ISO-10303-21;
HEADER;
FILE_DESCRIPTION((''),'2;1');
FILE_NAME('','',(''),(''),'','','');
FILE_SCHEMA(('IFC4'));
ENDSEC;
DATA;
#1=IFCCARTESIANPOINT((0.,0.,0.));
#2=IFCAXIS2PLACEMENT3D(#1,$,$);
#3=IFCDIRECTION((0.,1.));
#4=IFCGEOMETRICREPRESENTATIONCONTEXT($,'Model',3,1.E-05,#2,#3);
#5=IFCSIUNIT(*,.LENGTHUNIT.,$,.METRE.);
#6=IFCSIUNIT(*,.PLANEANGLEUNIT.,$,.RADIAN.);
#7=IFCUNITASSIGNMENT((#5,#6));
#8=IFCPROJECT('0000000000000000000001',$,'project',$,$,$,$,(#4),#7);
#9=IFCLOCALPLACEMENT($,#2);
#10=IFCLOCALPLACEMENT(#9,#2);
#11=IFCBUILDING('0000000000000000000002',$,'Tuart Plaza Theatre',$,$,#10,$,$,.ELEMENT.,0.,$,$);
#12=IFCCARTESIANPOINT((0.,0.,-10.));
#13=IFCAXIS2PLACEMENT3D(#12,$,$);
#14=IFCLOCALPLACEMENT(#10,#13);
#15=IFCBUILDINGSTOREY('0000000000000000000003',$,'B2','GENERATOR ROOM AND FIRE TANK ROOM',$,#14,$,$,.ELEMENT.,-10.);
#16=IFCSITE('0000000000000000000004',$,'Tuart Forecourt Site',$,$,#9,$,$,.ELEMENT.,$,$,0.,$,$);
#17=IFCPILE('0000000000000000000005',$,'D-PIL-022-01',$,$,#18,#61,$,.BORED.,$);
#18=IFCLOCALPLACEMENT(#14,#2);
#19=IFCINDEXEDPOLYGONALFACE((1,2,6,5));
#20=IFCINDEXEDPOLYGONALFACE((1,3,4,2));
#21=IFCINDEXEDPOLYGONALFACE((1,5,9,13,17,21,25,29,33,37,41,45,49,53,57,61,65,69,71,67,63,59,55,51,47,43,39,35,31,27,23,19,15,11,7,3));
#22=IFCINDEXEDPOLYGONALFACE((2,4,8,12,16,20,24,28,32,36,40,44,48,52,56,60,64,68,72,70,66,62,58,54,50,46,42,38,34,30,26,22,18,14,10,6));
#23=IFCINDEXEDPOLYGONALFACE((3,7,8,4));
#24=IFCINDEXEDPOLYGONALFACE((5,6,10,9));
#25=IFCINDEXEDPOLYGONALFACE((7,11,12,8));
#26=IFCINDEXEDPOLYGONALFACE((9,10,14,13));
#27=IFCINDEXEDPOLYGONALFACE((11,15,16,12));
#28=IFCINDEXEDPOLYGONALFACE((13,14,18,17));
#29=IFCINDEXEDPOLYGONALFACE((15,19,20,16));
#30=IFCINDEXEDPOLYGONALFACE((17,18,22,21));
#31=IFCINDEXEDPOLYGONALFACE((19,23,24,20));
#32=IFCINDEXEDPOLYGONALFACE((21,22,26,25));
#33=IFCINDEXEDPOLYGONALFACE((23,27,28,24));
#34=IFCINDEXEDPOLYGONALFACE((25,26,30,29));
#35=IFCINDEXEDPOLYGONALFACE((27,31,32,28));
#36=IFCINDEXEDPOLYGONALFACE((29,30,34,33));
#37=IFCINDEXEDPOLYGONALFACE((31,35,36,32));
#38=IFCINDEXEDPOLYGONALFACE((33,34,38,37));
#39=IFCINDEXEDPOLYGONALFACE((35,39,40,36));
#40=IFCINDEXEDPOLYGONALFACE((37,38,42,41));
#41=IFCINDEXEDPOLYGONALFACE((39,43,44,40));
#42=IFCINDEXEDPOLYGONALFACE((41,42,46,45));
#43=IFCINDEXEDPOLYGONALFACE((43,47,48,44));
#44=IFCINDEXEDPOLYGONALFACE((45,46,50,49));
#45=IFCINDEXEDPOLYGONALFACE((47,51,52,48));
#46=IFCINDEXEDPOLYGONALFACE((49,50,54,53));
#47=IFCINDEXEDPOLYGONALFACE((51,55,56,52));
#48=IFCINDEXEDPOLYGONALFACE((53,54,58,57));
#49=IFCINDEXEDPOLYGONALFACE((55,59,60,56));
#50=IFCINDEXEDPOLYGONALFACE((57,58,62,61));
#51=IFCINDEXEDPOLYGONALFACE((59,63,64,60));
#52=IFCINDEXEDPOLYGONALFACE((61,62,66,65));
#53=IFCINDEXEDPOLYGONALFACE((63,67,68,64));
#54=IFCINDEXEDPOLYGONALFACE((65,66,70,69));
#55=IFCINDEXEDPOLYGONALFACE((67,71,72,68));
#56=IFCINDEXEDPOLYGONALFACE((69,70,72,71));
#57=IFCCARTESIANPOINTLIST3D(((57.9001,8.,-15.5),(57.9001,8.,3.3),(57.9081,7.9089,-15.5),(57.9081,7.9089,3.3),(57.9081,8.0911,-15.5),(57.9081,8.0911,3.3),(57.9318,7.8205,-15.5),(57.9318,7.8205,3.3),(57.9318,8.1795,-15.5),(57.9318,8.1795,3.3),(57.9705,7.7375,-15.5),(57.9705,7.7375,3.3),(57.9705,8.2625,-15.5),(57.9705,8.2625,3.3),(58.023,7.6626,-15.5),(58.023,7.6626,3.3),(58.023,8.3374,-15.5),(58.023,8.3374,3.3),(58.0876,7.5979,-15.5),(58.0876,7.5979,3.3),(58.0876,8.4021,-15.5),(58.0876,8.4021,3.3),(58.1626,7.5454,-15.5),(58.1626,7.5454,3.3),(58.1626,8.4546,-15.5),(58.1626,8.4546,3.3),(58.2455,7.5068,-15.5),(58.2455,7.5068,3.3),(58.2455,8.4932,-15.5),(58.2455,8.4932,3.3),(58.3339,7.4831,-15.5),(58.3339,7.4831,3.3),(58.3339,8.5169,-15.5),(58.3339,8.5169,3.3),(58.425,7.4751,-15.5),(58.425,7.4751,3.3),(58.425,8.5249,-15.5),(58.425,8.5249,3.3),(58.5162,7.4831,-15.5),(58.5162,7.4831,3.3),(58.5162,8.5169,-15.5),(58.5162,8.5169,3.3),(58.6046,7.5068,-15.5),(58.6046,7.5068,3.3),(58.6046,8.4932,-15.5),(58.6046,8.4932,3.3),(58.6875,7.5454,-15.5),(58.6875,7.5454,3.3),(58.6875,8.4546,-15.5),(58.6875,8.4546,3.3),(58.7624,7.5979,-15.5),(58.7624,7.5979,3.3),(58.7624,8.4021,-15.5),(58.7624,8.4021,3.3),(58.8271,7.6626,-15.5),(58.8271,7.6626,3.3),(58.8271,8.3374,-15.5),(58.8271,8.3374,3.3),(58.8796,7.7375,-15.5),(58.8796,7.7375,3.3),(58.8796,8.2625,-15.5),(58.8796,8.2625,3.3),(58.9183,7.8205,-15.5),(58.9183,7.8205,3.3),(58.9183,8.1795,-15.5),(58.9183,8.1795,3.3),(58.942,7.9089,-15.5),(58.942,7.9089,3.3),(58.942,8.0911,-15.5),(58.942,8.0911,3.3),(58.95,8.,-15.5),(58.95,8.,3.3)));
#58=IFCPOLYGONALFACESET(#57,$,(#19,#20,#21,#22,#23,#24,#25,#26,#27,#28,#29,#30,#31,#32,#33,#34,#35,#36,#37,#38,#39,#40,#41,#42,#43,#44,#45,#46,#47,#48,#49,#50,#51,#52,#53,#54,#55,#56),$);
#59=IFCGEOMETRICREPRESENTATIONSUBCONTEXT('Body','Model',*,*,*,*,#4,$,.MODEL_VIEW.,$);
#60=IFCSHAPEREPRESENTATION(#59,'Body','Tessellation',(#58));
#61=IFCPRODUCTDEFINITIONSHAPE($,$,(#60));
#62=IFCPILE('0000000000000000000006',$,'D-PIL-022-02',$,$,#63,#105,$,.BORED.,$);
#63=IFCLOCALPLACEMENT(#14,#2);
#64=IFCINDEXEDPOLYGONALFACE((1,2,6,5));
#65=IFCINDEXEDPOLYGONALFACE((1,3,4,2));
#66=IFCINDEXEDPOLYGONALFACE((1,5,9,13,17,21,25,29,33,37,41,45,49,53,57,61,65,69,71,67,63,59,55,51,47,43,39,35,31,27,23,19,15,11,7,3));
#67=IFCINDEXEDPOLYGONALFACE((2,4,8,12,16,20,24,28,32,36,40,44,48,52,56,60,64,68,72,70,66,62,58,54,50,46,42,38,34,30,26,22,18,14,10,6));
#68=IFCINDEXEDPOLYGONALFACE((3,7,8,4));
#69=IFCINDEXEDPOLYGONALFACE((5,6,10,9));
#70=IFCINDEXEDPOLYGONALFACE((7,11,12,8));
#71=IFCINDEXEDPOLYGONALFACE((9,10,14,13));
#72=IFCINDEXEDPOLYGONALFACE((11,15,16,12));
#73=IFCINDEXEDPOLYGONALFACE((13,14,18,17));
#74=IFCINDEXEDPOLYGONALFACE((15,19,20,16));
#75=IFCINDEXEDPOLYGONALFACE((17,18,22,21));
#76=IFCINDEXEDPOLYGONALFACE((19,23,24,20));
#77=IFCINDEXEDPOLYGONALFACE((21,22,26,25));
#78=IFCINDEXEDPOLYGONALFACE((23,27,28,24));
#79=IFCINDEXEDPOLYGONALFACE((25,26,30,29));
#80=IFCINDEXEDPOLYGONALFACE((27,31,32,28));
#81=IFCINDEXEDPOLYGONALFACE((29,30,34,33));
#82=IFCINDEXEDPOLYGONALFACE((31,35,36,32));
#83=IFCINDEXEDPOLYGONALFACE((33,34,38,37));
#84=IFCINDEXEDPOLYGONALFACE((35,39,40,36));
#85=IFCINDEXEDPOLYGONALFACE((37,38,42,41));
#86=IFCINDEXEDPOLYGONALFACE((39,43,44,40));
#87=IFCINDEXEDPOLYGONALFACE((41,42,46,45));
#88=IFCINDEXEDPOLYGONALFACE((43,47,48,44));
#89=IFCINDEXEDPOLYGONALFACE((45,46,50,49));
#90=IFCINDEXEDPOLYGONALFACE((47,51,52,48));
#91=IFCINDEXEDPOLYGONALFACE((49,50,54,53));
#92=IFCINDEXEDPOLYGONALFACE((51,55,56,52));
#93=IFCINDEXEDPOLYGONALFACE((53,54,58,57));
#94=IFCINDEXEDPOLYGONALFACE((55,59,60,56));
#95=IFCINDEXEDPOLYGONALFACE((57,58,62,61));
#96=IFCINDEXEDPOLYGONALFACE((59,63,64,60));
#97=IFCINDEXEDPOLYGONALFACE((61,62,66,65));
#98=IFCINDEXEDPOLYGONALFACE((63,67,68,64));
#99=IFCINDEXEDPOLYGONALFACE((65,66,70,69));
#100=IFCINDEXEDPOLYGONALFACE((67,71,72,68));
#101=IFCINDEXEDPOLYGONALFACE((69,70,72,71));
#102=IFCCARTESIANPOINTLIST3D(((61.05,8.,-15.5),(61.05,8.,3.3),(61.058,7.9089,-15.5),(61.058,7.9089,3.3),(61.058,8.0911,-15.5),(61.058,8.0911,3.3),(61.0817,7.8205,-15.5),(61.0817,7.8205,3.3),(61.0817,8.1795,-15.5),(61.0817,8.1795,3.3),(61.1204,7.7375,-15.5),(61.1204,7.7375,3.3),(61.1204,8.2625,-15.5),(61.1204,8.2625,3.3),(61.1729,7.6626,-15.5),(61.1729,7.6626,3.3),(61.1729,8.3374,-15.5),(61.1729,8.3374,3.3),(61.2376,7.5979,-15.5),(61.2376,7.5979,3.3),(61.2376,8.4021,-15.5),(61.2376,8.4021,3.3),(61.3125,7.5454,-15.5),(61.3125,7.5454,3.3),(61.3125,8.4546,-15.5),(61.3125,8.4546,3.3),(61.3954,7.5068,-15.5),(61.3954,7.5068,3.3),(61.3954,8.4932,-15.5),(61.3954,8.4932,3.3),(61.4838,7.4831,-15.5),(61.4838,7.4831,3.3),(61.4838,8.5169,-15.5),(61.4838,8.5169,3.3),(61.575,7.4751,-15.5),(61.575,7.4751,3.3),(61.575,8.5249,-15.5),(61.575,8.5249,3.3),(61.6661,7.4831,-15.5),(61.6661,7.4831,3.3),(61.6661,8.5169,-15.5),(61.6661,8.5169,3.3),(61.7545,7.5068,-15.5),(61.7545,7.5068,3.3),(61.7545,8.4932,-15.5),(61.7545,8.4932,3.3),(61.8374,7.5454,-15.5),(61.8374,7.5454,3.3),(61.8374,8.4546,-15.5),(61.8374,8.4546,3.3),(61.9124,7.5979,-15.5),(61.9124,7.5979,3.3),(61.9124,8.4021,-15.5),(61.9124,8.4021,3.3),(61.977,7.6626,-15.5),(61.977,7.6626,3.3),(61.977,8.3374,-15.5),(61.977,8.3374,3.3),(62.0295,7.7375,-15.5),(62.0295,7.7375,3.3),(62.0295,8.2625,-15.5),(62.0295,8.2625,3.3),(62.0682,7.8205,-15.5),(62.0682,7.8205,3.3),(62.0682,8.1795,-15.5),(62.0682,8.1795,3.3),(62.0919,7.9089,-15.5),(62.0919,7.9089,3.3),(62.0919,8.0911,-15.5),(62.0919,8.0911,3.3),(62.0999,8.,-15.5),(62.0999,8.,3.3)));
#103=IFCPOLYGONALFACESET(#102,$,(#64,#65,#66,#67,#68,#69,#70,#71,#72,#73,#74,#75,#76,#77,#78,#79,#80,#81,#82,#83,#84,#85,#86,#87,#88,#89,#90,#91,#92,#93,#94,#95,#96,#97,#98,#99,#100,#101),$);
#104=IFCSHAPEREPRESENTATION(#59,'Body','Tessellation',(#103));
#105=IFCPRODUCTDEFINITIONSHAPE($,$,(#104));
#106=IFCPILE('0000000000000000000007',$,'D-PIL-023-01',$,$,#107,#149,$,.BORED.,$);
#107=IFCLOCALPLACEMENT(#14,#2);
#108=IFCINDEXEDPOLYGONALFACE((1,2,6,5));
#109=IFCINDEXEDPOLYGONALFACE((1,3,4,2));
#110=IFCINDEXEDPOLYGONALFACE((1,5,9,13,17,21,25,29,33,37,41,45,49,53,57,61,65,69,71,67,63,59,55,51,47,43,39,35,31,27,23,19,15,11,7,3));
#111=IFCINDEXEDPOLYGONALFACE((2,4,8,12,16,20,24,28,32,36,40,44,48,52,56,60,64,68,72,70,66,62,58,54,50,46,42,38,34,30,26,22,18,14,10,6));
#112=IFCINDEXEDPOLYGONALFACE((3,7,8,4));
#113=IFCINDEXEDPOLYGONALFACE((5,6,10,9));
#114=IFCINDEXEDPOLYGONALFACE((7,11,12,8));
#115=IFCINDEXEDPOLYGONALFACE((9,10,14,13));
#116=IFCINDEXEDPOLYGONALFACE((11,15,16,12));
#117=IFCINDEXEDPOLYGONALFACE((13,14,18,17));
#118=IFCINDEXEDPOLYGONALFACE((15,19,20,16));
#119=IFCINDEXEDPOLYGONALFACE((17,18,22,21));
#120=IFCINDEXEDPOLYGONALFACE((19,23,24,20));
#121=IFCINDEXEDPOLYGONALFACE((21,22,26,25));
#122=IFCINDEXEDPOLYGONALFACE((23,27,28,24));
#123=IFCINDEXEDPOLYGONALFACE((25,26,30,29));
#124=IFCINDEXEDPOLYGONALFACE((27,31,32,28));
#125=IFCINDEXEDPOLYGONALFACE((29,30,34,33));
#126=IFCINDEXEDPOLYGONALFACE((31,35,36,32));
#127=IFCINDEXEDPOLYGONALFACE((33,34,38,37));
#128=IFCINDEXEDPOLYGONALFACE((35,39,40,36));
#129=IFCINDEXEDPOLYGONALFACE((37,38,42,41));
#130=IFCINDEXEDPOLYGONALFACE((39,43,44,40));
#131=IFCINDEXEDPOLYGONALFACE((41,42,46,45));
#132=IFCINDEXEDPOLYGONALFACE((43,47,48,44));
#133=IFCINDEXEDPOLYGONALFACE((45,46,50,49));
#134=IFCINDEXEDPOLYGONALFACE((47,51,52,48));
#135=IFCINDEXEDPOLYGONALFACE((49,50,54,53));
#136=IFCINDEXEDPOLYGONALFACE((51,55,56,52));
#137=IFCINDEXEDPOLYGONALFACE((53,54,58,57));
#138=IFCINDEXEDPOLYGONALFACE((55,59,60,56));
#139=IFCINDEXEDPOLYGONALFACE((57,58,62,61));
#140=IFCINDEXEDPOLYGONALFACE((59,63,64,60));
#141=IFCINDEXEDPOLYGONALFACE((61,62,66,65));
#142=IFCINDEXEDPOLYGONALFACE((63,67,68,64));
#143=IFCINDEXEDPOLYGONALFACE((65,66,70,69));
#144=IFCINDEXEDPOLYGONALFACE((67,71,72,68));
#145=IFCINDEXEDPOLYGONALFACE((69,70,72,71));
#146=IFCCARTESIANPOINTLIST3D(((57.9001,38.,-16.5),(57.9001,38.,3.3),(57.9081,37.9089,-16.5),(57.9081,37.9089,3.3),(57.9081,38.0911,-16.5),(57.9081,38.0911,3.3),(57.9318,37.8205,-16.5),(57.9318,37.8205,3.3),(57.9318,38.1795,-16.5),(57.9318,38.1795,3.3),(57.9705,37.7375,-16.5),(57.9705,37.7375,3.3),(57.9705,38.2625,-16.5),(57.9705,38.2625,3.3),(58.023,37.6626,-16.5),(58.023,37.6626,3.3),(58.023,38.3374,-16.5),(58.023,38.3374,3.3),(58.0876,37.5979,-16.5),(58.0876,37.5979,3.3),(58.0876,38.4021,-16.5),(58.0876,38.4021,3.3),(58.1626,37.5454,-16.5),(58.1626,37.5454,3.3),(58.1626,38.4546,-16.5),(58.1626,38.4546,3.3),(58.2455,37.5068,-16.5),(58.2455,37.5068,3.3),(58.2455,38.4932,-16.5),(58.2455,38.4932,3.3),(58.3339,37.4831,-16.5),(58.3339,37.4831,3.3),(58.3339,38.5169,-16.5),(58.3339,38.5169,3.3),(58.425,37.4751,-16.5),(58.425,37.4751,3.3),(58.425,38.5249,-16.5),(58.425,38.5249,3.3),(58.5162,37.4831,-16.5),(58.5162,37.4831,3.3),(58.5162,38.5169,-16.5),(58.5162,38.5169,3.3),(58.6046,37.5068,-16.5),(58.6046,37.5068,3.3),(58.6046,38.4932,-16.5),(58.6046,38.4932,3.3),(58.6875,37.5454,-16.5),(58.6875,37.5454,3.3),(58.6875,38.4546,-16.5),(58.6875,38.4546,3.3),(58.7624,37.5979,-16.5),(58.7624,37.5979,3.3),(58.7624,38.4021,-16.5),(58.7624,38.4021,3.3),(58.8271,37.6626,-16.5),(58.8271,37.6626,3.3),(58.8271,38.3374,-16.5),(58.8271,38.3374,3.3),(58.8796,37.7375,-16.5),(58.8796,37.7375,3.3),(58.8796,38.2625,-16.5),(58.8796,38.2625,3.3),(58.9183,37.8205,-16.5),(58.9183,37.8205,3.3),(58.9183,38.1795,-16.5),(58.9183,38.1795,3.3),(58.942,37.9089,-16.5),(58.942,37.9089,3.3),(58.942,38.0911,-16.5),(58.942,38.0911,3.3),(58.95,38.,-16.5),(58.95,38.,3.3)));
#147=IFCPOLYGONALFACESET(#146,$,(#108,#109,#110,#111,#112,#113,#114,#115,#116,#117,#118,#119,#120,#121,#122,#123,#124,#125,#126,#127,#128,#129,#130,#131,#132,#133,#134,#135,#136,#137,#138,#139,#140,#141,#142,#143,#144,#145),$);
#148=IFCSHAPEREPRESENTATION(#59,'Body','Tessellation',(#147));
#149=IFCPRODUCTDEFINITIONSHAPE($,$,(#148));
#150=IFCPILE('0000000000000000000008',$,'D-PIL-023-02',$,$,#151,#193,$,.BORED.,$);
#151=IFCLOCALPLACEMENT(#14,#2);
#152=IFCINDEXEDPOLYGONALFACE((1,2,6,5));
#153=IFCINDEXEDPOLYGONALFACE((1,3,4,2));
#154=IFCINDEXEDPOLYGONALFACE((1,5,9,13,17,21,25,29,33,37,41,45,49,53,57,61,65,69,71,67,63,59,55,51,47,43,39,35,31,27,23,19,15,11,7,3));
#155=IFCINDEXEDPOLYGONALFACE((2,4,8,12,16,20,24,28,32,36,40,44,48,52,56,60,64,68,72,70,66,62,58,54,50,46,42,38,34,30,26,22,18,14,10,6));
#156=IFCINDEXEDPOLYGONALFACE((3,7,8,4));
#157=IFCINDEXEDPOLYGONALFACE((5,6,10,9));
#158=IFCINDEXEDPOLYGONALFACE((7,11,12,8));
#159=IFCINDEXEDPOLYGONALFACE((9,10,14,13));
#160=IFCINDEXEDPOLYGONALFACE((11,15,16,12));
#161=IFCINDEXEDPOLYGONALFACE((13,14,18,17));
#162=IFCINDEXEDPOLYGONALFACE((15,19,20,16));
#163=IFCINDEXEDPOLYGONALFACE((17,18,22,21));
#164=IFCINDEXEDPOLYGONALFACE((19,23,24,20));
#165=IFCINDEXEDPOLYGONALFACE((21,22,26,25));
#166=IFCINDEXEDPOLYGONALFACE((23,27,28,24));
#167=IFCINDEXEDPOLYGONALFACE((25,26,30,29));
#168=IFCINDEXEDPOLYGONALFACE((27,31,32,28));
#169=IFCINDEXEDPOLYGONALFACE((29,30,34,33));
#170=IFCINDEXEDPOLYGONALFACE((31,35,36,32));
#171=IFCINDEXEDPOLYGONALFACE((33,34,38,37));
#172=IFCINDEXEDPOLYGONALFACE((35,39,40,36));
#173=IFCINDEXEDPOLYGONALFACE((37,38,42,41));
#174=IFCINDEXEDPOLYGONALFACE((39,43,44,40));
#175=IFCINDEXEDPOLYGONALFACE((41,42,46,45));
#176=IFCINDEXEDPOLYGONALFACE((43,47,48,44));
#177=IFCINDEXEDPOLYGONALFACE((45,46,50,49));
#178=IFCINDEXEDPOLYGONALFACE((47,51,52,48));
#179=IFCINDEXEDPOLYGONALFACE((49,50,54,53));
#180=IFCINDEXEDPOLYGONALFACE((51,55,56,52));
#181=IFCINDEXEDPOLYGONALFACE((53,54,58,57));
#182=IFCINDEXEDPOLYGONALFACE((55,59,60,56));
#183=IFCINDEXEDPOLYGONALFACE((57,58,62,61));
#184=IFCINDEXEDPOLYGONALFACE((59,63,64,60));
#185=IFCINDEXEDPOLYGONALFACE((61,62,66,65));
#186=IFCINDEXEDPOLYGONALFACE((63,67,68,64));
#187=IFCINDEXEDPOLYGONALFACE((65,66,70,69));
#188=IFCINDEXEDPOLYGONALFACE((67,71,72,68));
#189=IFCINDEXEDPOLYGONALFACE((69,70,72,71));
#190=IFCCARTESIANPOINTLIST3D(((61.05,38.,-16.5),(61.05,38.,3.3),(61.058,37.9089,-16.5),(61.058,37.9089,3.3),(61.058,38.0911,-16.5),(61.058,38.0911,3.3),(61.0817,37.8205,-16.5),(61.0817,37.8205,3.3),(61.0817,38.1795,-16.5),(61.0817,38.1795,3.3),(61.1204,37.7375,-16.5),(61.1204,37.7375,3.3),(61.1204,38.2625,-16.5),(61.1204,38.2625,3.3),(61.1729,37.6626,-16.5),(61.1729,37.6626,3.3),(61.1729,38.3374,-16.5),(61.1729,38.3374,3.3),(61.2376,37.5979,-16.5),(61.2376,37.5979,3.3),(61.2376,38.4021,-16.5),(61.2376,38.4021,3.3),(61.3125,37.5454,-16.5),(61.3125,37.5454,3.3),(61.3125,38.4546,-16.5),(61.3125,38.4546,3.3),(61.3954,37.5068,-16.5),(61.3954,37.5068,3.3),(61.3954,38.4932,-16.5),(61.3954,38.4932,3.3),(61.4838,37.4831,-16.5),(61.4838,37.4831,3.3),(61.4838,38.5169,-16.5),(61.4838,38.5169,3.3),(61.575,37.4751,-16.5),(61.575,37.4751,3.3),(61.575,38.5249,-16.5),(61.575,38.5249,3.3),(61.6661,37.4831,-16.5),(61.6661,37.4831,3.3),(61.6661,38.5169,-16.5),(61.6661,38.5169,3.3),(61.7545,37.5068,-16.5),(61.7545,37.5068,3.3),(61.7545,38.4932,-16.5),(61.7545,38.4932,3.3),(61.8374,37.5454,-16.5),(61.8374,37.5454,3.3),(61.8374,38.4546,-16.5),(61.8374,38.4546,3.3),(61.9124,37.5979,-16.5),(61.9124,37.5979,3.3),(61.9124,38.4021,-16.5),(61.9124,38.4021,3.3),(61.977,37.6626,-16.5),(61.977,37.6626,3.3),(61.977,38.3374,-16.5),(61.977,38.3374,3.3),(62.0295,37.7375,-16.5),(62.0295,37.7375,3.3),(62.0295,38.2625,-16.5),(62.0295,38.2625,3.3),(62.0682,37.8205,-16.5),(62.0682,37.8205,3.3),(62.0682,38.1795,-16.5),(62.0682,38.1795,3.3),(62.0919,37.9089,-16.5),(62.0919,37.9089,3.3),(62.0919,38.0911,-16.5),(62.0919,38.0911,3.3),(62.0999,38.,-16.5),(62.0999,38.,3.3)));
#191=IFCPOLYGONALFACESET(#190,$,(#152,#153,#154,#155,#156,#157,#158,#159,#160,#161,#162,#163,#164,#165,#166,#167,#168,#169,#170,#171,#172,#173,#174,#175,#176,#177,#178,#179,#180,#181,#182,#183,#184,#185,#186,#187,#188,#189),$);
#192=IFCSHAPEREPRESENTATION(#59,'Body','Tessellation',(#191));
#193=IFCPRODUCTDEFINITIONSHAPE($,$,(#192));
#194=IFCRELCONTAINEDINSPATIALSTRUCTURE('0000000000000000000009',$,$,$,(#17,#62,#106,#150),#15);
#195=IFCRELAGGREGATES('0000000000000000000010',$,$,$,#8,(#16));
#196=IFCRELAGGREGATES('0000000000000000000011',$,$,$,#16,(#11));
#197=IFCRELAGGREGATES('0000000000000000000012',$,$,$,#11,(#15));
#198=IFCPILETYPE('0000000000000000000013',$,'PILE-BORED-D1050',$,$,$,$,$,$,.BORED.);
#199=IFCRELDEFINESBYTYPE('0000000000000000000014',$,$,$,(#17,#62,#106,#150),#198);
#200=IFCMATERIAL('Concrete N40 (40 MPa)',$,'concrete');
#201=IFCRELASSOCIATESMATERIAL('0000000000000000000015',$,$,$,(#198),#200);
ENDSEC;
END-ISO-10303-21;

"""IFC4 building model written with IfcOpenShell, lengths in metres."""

from ifc_helpers import new_model, si_unit, direction, frame, origin, origin_2d, place, context, subcontext, project, spatial, circle, extrude, material, material_profile, profile_set, type_object, element, save


model = new_model("IFC4")

# Units and contexts
model_context = context("Model", 3, precision=1e-05, world=origin(), true_north=direction((0.0, 1.0)))
body_context = subcontext(model_context, "Body", "Model", "MODEL_VIEW")
ifc_project = project(units=[si_unit("LENGTHUNIT", "METRE"), si_unit("PLANEANGLEUNIT", "RADIAN")], contexts=[model_context])

# Site, building, storey
site_placement = place(None, origin())
site = spatial("IfcSite", under=ifc_project, at=site_placement, Name="Tuart Forecourt Site", CompositionType="ELEMENT", RefElevation=0.0)
building_placement = place(site_placement, origin())
building = spatial("IfcBuilding", under=site, at=building_placement, Name="Tuart Plaza Theatre", CompositionType="ELEMENT", ElevationOfRefHeight=0.0)
storey_placement = place(building_placement, frame((0.0, 0.0, -10.0)))
storey = spatial("IfcBuildingStorey", under=building, at=storey_placement, Name="B2", Description="GENERATOR ROOM AND FIRE TANK ROOM", CompositionType="ELEMENT", Elevation=-10.0)

# Piles
ifc_material_1 = material(Name="Concrete N40 (40 MPa)", Category="concrete")
ifc_material_profile_1 = material_profile(ifc_material_1, circle(Radius=0.5249, at=origin_2d()), Name="PILE-BORED-D1050")
ifc_profile_set_1 = profile_set([ifc_material_profile_1], Name="Concrete N40 (40 MPa)")
pile_type_1 = type_object("IfcPileType", Name="PILE-BORED-D1050", PredefinedType="BORED", material=ifc_profile_set_1)
for number, where, z_axis, x_axis, name in (
    (1, (58.425, 8.0, 3.3), (0.0, 0.0, -1.0), (1.0, 0.0, 0.0), "D-PIL-022-01"),
    (2, (61.575, 8.0, 3.3), (0.0, 0.0, -1.0), (1.0, 0.0, 0.0), "D-PIL-022-02"),
):
    element("IfcPile", number, at=place(storey_placement, frame(where, z_axis=z_axis, x_axis=x_axis)), inside=storey, type_object=pile_type_1, Name=name, PredefinedType="BORED", context=body_context, shape_type="SweptSolid", body=[
        extrude(circle(Radius=0.5249, at=origin_2d()), origin(), (0.0, 0.0, 1.0), 18.8),
    ])
for number, where, z_axis, x_axis, name in (
    (3, (58.425, 38.0, 3.3), (0.0, 0.0, -1.0), (1.0, 0.0, 0.0), "D-PIL-023-01"),
    (4, (61.575, 38.0, 3.3), (0.0, 0.0, -1.0), (1.0, 0.0, 0.0), "D-PIL-023-02"),
):
    element("IfcPile", number, at=place(storey_placement, frame(where, z_axis=z_axis, x_axis=x_axis)), inside=storey, type_object=pile_type_1, Name=name, PredefinedType="BORED", context=body_context, shape_type="SweptSolid", body=[
        extrude(circle(Radius=0.5249, at=origin_2d()), origin(), (0.0, 0.0, 1.0), 19.8),
    ])

save(model, "model.ifc")
